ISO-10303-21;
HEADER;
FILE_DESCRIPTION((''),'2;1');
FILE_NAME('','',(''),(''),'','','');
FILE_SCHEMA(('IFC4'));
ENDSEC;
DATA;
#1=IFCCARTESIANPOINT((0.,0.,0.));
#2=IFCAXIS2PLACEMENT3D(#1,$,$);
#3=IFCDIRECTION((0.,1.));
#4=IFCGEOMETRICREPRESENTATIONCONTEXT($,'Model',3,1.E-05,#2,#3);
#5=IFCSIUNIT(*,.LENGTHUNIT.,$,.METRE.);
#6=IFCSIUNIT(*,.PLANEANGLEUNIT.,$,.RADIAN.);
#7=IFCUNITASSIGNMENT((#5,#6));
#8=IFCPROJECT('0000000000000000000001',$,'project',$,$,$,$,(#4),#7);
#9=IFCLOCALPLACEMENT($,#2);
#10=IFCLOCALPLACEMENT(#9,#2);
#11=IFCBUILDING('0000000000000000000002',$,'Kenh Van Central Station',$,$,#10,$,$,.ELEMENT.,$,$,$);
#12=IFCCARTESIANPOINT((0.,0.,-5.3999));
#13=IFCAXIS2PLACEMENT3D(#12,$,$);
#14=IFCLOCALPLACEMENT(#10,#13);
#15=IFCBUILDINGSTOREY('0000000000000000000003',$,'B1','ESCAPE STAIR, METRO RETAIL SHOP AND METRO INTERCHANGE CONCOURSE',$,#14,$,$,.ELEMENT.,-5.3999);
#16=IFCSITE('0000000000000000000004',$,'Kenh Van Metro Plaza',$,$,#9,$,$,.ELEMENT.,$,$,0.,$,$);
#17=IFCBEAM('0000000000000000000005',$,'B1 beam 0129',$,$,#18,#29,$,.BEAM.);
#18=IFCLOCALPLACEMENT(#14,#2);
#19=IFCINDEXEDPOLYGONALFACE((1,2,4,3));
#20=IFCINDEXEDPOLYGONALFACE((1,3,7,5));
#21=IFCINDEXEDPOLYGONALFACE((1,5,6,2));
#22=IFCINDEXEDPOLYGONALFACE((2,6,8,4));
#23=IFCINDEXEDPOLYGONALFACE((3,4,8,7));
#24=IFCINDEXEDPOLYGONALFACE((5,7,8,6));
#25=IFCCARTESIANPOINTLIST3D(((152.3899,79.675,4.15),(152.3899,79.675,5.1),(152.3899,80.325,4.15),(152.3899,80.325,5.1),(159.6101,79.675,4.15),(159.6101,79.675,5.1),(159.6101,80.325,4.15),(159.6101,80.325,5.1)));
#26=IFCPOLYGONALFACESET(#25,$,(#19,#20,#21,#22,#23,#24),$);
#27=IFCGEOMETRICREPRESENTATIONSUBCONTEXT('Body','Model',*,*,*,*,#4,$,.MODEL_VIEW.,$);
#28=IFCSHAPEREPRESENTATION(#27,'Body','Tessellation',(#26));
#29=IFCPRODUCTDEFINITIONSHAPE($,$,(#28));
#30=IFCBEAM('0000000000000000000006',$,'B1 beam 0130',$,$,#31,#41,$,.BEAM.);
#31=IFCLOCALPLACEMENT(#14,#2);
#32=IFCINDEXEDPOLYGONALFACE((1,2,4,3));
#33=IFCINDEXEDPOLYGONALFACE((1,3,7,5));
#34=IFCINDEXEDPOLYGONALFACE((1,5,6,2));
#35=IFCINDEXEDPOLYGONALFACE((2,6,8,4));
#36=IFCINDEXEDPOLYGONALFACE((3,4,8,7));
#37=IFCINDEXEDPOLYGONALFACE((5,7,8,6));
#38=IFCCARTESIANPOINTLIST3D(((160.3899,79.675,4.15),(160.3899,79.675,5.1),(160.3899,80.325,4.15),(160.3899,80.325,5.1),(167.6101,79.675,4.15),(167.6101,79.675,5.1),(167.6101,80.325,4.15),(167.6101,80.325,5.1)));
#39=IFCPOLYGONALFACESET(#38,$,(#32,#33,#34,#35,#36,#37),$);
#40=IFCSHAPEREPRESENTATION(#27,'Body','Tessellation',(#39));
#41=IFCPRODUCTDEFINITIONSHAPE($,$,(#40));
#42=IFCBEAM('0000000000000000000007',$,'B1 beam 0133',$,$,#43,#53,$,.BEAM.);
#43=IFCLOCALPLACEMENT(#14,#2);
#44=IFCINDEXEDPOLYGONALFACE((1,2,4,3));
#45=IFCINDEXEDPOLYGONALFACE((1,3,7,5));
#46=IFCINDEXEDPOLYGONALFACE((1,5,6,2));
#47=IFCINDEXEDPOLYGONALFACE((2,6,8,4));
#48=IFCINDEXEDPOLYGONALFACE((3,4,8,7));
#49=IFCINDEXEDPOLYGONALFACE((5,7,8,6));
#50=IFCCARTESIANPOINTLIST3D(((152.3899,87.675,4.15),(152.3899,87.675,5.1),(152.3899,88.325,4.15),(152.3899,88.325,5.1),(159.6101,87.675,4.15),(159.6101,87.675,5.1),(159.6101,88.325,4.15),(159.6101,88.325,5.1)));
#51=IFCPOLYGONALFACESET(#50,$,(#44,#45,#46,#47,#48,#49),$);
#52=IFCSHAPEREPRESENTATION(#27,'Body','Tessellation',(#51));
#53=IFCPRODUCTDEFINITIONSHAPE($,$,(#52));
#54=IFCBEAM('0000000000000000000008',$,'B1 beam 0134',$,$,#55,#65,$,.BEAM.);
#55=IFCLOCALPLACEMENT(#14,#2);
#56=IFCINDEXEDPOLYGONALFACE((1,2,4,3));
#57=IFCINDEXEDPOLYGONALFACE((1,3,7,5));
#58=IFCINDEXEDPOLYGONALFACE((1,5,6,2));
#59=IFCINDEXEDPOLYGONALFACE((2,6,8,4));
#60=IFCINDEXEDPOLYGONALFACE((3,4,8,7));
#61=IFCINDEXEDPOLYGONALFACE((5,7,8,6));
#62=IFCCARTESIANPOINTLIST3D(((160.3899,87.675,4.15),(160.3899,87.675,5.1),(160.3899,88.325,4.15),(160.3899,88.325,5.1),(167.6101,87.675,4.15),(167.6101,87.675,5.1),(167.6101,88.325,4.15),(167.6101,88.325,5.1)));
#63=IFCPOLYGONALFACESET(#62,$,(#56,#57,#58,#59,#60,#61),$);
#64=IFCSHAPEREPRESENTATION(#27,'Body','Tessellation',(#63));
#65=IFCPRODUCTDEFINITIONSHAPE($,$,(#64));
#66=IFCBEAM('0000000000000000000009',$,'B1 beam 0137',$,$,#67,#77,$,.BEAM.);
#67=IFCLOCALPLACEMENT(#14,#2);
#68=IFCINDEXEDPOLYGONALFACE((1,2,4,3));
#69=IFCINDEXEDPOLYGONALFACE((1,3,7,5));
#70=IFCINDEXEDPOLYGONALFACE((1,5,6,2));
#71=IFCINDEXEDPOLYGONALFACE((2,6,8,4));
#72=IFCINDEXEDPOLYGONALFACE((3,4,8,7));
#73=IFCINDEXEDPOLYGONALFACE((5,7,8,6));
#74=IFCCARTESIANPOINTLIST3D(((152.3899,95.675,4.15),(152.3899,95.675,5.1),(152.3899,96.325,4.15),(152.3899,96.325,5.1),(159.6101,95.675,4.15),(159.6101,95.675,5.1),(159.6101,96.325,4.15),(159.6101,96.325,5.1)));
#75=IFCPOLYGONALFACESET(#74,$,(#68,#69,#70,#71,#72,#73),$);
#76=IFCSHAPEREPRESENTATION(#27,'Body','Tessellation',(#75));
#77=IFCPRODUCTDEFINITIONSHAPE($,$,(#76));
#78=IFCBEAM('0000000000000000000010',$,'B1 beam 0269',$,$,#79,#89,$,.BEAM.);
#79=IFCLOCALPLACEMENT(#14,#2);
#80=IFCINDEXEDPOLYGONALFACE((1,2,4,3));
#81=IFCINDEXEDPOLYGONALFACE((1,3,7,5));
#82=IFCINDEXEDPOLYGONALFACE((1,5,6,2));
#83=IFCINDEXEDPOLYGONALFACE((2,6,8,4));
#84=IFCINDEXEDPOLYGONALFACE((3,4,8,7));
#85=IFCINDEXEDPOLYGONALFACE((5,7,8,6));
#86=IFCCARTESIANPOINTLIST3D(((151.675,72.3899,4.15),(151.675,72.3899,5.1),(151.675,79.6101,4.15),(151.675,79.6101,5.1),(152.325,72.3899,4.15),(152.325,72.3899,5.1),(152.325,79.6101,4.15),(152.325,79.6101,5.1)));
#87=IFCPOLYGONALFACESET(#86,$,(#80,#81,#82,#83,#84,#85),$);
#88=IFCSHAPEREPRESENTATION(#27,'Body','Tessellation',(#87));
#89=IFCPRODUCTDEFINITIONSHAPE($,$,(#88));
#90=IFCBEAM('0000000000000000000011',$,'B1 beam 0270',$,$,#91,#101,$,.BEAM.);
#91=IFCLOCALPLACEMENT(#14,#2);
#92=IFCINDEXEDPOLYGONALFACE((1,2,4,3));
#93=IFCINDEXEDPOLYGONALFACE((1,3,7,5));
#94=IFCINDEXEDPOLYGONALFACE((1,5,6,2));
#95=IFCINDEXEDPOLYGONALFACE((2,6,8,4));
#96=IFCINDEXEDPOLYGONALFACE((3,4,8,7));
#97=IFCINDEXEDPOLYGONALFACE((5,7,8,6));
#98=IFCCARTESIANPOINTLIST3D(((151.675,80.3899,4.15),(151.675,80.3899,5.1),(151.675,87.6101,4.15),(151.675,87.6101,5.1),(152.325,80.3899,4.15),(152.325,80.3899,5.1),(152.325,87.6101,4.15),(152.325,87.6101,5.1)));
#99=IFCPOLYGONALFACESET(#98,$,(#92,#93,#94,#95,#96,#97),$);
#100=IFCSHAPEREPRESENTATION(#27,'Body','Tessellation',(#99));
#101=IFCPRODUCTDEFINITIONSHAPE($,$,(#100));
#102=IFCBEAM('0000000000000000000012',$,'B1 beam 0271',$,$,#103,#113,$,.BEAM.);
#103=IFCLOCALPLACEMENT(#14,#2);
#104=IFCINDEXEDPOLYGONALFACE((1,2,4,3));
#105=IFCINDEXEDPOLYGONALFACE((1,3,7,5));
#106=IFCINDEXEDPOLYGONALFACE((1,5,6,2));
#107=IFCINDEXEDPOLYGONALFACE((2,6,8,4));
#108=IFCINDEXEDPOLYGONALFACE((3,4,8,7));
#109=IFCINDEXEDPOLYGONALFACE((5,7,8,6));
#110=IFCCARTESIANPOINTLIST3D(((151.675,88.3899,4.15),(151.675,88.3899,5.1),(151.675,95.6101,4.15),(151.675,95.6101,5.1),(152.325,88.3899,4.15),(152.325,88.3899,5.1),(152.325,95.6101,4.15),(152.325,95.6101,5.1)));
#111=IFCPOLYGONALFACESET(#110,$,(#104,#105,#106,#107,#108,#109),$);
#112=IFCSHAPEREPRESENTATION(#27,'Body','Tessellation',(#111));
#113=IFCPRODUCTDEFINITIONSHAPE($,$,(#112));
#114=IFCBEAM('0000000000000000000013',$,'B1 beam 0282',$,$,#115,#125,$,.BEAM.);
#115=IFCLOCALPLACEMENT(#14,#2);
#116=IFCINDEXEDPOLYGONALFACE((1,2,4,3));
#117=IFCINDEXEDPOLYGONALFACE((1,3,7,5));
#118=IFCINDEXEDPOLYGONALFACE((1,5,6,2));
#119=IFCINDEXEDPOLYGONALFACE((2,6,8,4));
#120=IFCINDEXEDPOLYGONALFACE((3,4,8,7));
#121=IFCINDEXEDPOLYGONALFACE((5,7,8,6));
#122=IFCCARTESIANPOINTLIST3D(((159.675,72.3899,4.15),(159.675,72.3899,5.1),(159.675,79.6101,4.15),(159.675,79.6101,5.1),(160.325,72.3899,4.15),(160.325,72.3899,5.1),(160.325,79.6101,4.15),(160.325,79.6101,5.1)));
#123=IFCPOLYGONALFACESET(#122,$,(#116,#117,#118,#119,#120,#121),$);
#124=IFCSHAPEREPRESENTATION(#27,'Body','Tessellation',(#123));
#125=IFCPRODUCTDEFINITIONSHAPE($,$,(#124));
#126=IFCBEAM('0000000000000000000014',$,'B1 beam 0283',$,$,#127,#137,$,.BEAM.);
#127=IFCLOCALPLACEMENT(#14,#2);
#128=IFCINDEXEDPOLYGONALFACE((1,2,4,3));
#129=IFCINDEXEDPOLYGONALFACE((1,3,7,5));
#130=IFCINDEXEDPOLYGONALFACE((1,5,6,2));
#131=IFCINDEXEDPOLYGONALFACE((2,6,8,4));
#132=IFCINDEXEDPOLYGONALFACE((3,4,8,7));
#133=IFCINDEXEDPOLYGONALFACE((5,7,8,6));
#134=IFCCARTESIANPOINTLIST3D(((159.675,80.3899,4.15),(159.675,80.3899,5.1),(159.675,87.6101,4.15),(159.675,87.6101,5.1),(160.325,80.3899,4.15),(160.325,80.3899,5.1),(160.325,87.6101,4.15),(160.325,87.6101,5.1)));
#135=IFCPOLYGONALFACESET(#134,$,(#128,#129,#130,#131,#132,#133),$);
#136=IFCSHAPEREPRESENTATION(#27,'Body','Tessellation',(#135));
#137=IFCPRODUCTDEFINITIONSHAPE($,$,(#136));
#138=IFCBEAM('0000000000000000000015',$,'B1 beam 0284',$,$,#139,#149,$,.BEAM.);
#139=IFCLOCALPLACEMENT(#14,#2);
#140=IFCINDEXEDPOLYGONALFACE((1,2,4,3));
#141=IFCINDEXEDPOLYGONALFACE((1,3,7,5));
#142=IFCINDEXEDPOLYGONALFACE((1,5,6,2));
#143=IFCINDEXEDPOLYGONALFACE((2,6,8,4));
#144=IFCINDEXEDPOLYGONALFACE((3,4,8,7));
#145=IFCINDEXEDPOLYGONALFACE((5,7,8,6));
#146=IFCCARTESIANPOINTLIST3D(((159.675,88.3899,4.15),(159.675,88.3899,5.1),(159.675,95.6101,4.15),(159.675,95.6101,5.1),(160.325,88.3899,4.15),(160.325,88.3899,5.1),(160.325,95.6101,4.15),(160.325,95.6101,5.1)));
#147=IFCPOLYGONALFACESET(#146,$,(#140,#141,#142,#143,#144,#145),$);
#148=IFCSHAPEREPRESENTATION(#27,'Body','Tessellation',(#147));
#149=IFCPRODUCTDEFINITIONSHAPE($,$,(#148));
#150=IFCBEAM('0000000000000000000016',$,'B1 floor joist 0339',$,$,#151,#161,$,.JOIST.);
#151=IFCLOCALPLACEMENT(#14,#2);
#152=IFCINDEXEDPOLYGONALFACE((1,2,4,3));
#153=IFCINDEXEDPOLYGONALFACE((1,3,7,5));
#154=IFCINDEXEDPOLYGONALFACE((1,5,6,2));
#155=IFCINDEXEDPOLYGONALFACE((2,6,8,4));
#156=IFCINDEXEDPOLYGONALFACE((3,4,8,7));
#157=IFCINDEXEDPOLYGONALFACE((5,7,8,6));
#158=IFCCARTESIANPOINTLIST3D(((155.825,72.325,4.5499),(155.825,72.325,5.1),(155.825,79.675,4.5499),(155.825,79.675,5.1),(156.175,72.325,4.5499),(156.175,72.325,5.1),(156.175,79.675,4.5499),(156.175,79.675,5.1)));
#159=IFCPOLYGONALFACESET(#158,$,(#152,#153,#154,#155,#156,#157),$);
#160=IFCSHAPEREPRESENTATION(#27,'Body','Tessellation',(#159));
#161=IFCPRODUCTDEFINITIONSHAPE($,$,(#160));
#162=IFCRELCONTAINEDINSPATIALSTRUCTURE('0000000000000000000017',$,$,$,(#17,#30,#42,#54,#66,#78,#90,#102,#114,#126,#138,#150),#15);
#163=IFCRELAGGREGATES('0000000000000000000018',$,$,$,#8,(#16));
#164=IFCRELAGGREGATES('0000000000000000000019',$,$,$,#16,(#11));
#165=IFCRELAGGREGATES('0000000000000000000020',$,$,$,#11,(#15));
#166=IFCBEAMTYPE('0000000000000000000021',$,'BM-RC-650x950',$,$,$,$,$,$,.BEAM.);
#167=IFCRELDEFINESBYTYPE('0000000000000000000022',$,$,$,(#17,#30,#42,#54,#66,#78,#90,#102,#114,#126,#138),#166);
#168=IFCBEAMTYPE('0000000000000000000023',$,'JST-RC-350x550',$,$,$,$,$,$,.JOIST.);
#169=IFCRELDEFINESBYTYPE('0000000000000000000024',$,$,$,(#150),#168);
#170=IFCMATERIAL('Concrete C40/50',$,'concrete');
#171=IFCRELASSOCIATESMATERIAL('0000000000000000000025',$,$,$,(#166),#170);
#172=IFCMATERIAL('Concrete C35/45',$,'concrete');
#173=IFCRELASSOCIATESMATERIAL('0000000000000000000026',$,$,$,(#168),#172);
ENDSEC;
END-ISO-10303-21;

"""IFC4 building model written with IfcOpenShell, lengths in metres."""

from ifc_helpers import new_model, si_unit, direction, frame, origin, origin_2d, place, context, subcontext, project, spatial, rectangle, extrude, material, material_profile, profile_set, type_object, element, save


model = new_model("IFC4")

# Units and contexts
model_context = context("Model", 3, precision=1e-05, world=origin(), true_north=direction((0.0, 1.0)))
body_context = subcontext(model_context, "Body", "Model", "MODEL_VIEW")
ifc_project = project(units=[si_unit("LENGTHUNIT", "METRE"), si_unit("PLANEANGLEUNIT", "RADIAN")], contexts=[model_context])

# Site, building, storey
site_placement = place(None, origin())
site = spatial("IfcSite", under=ifc_project, at=site_placement, Name="Kenh Van Metro Plaza", CompositionType="ELEMENT", RefElevation=0.0)
building_placement = place(site_placement, origin())
building = spatial("IfcBuilding", under=site, at=building_placement, Name="Kenh Van Central Station", CompositionType="ELEMENT")
storey_placement = place(building_placement, frame((0.0, 0.0, -5.3999)))
storey = spatial("IfcBuildingStorey", under=building, at=storey_placement, Name="B1", Description="ESCAPE STAIR, METRO RETAIL SHOP AND METRO INTERCHANGE CONCOURSE", CompositionType="ELEMENT", Elevation=-5.3999)

# Shared definitions
ifc_material_1 = material(Name="Concrete C40/50", Category="concrete")

# Beams
ifc_material_profile_1 = material_profile(ifc_material_1, rectangle(XDim=0.6499, YDim=0.95, at=origin_2d()), Name="RC 650x950")
ifc_profile_set_1 = profile_set([ifc_material_profile_1], Name="Concrete C40/50")
beam_type_1 = type_object("IfcBeamType", Name="BM-RC-650x950", PredefinedType="BEAM", material=ifc_profile_set_1)
for number, where, z_axis, x_axis, name in (
    (1, (152.3899, 80.0, 4.625), (1.0, 0.0, 0.0), (0.0, 1.0, 0.0), "B1 beam 0129"),
    (2, (160.3899, 80.0, 4.625), (1.0, 0.0, 0.0), (0.0, 1.0, 0.0), "B1 beam 0130"),
    (3, (152.3899, 88.0, 4.625), (1.0, 0.0, 0.0), (0.0, 1.0, 0.0), "B1 beam 0133"),
    (4, (160.3899, 88.0, 4.625), (1.0, 0.0, 0.0), (0.0, 1.0, 0.0), "B1 beam 0134"),
    (5, (152.3899, 96.0, 4.625), (1.0, 0.0, 0.0), (0.0, 1.0, 0.0), "B1 beam 0137"),
    (6, (152.0, 72.3899, 4.625), (0.0, 1.0, 0.0), (-1.0, 0.0, 0.0), "B1 beam 0269"),
    (7, (152.0, 80.3899, 4.625), (0.0, 1.0, 0.0), (-1.0, 0.0, 0.0), "B1 beam 0270"),
    (8, (152.0, 88.3899, 4.625), (0.0, 1.0, 0.0), (-1.0, 0.0, 0.0), "B1 beam 0271"),
    (9, (160.0, 72.3899, 4.625), (0.0, 1.0, 0.0), (-1.0, 0.0, 0.0), "B1 beam 0282"),
    (10, (160.0, 80.3899, 4.625), (0.0, 1.0, 0.0), (-1.0, 0.0, 0.0), "B1 beam 0283"),
    (11, (160.0, 88.3899, 4.625), (0.0, 1.0, 0.0), (-1.0, 0.0, 0.0), "B1 beam 0284"),
):
    element("IfcBeam", number, at=place(storey_placement, frame(where, z_axis=z_axis, x_axis=x_axis)), inside=storey, type_object=beam_type_1, Name=name, PredefinedType="BEAM", context=body_context, shape_type="SweptSolid", body=[
        extrude(rectangle(XDim=0.6499, YDim=0.95, at=origin_2d()), origin(), (0.0, 0.0, 1.0), 7.2202),
    ])
ifc_material_2 = material(Name="Concrete C35/45", Category="concrete")
ifc_material_profile_2 = material_profile(ifc_material_2, rectangle(XDim=0.3501, YDim=0.55, at=origin_2d()), Name="RC 350x550")
ifc_profile_set_2 = profile_set([ifc_material_profile_2], Name="Concrete C35/45")
beam_type_2 = type_object("IfcBeamType", Name="JST-RC-350x550", PredefinedType="JOIST", material=ifc_profile_set_2)
beam_placement = place(storey_placement, frame((156.0, 72.325, 4.825), z_axis=(0.0, 1.0, 0.0), x_axis=(-1.0, 0.0, 0.0)))
element("IfcBeam", 12, at=beam_placement, inside=storey, type_object=beam_type_2, Name="B1 floor joist 0339", PredefinedType="JOIST", context=body_context, shape_type="SweptSolid", body=[
    extrude(rectangle(XDim=0.3501, YDim=0.55, at=origin_2d()), origin(), (0.0, 0.0, 1.0), 7.3501),
])

save(model, "model.ifc")
